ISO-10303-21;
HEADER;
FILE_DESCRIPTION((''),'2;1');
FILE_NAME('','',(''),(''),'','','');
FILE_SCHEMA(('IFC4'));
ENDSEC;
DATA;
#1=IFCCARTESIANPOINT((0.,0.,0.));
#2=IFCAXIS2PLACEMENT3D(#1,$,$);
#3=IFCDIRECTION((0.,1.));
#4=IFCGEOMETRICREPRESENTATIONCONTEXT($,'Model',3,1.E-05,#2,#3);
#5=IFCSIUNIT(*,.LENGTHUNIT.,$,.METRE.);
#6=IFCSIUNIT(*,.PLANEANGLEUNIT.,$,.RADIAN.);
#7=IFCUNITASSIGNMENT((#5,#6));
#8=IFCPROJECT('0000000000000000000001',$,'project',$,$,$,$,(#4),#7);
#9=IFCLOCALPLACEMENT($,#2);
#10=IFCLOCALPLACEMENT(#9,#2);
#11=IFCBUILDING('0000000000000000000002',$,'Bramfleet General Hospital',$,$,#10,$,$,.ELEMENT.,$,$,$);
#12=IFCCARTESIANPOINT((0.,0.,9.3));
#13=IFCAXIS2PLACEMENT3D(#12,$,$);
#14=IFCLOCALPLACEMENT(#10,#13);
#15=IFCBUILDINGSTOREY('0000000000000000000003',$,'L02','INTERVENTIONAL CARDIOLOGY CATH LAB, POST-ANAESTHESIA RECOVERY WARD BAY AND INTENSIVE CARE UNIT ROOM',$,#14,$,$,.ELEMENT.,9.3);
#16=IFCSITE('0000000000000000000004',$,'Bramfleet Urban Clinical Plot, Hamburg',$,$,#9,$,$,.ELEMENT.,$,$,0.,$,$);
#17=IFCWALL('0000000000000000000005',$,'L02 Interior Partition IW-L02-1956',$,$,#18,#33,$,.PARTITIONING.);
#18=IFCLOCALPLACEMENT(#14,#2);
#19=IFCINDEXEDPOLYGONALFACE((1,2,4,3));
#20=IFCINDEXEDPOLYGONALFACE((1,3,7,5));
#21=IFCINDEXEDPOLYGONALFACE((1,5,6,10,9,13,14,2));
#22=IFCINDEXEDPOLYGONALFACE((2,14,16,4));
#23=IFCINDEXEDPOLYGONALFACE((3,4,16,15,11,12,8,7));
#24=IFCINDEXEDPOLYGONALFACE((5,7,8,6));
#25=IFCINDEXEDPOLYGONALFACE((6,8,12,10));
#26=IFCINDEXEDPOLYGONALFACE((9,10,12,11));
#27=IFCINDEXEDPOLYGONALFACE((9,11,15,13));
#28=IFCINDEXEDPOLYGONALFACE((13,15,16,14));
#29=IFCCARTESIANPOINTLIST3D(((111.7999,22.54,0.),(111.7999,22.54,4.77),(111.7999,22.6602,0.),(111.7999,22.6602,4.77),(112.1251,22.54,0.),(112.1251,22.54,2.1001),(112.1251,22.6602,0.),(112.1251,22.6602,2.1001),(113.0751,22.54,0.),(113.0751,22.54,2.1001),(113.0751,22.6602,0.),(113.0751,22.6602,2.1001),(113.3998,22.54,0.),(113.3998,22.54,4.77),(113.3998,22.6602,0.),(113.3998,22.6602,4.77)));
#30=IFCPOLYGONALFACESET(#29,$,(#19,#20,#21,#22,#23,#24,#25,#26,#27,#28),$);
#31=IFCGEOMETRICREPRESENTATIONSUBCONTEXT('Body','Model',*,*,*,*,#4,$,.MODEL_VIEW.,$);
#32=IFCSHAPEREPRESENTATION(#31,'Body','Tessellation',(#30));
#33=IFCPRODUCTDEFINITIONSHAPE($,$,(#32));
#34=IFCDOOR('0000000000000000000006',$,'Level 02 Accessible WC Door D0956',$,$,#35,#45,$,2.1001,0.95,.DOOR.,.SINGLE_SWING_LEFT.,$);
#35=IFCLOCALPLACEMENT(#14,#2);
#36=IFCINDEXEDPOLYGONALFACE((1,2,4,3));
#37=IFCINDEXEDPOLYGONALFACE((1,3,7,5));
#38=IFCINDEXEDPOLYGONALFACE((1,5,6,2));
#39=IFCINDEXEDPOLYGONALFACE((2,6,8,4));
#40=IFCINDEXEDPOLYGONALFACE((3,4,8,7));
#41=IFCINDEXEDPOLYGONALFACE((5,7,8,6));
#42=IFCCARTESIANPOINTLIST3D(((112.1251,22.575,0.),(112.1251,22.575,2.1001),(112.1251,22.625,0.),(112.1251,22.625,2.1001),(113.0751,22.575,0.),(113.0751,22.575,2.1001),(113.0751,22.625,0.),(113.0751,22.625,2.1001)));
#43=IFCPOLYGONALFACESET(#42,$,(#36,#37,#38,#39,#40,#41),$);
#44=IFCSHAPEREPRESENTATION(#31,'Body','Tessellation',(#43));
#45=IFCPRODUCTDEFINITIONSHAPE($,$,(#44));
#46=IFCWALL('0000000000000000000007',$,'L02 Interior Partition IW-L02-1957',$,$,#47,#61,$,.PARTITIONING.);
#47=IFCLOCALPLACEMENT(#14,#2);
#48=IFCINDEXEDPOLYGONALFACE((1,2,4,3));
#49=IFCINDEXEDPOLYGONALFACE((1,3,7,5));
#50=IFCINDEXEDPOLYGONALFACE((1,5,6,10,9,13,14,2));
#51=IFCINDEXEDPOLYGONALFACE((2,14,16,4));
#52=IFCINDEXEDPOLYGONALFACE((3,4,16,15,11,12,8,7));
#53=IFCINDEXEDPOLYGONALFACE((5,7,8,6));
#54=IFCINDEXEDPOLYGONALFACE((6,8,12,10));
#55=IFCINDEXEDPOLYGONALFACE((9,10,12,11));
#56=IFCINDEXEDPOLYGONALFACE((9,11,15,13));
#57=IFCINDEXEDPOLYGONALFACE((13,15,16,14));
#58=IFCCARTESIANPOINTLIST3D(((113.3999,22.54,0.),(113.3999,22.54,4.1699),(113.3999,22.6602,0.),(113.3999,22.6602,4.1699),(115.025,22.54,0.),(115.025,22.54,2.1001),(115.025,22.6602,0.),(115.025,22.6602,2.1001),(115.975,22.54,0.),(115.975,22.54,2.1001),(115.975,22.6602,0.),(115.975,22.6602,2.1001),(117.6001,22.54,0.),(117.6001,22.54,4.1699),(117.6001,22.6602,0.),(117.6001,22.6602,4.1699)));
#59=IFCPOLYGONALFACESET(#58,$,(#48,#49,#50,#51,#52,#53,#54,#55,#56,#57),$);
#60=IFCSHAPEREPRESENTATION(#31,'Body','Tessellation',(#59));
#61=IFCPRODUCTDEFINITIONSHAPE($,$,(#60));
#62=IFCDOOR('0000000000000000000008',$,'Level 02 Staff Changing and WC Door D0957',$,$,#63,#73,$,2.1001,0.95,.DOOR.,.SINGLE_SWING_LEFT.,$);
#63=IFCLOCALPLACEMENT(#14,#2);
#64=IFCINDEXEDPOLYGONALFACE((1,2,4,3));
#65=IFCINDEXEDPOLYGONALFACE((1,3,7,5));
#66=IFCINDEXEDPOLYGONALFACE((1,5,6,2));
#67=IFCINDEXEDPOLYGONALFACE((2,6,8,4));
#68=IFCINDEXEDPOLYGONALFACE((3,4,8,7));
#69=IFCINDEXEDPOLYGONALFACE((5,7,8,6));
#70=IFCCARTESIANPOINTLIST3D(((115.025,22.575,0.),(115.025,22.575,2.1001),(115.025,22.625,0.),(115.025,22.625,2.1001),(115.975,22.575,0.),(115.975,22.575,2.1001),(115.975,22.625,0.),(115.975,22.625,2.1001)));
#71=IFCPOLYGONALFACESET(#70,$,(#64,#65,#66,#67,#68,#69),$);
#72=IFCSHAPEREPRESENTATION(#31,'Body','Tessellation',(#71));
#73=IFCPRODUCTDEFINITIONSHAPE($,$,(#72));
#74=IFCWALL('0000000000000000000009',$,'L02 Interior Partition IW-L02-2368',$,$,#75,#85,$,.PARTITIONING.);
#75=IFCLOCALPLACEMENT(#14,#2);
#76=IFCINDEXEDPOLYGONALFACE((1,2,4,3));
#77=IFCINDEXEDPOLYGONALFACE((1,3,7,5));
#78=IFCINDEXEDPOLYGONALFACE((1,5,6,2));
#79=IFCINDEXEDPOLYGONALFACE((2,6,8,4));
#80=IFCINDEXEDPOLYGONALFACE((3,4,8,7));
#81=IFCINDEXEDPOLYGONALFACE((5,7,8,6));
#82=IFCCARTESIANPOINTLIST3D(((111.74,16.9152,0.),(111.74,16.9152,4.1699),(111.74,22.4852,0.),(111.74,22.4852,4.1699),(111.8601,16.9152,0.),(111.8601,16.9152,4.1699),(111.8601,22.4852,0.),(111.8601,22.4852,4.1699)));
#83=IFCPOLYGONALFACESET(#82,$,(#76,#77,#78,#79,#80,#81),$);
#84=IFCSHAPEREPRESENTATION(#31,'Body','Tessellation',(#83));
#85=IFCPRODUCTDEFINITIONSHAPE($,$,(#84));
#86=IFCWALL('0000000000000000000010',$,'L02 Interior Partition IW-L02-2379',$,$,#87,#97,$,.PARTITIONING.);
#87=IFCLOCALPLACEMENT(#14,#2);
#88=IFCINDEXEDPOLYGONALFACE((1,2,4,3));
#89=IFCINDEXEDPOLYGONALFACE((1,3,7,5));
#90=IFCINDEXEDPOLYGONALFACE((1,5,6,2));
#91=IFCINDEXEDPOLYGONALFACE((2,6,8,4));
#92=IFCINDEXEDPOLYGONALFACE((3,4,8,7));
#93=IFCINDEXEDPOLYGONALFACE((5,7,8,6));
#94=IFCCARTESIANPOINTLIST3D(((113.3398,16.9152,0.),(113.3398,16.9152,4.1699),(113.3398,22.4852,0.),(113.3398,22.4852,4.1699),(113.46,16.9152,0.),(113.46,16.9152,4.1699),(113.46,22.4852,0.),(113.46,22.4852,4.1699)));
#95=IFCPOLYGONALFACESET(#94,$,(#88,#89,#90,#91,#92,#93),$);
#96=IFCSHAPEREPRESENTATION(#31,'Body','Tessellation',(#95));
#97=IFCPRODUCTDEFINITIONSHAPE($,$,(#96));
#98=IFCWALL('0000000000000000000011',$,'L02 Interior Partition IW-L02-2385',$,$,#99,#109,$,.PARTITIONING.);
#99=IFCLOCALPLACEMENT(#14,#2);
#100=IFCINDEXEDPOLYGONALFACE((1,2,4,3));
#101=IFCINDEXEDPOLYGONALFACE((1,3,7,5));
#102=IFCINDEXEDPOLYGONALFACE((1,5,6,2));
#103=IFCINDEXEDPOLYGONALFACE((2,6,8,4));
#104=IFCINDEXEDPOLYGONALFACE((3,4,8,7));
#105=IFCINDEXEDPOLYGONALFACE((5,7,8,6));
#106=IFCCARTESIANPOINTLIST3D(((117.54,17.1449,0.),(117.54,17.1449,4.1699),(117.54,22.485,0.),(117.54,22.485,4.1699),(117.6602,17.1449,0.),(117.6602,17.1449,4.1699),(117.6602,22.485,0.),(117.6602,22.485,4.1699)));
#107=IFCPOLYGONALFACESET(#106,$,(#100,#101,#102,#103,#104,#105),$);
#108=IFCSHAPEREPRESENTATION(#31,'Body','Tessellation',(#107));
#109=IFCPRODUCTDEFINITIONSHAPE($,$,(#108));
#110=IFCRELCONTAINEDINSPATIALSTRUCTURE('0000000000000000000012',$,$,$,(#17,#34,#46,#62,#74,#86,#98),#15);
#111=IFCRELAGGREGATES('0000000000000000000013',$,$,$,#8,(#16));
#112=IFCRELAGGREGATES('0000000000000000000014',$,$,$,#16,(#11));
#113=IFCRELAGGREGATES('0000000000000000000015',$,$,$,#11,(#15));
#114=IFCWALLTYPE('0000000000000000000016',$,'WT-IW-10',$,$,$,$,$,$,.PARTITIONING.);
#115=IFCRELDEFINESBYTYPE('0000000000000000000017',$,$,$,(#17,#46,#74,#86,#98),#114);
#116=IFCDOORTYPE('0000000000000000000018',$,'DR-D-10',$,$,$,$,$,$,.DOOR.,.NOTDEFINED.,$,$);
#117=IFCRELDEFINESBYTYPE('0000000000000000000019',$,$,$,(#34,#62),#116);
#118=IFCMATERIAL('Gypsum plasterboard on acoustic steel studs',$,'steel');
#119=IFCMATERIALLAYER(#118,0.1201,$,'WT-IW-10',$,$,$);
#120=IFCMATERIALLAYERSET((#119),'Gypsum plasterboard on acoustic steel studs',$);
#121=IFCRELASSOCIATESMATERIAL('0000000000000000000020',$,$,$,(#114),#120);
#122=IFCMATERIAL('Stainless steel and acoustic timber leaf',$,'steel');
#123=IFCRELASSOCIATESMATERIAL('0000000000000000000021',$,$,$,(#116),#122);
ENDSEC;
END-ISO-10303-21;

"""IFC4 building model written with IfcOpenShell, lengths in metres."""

from ifc_helpers import new_model, si_unit, direction, frame, frame_2d, origin, place, context, subcontext, project, spatial, rectangle, extrude, material, layer, layer_set, type_object, element, fill, save


model = new_model("IFC4")

# Units and contexts
model_context = context("Model", 3, precision=1e-05, world=origin(), true_north=direction((0.0, 1.0)))
body_context = subcontext(model_context, "Body", "Model", "MODEL_VIEW")
ifc_project = project(units=[si_unit("LENGTHUNIT", "METRE"), si_unit("PLANEANGLEUNIT", "RADIAN")], contexts=[model_context])

# Site, building, storey
site_placement = place(None, origin())
site = spatial("IfcSite", under=ifc_project, at=site_placement, Name="Bramfleet Urban Clinical Plot, Hamburg", CompositionType="ELEMENT", RefElevation=0.0)
building_placement = place(site_placement, origin())
building = spatial("IfcBuilding", under=site, at=building_placement, Name="Bramfleet General Hospital", CompositionType="ELEMENT")
storey_placement = place(building_placement, frame((0.0, 0.0, 9.3)))
storey = spatial("IfcBuildingStorey", under=building, at=storey_placement, Name="L02", Description="INTERVENTIONAL CARDIOLOGY CATH LAB, POST-ANAESTHESIA RECOVERY WARD BAY AND INTENSIVE CARE UNIT ROOM", CompositionType="ELEMENT", Elevation=9.3)

# Walls, openings, doors
ifc_material_1 = material(Name="Gypsum plasterboard on acoustic steel studs", Category="steel")
ifc_layer_1 = layer(ifc_material_1, 0.1201, Name="WT-IW-10")
ifc_layer_set_1 = layer_set([ifc_layer_1], Name="Gypsum plasterboard on acoustic steel studs")
wall_type_1 = type_object("IfcWallType", Name="WT-IW-10", PredefinedType="PARTITIONING", material=ifc_layer_set_1)
wall_1_placement = place(storey_placement, frame((111.8, 22.6001, 0.0), z_axis=(0.0, 0.0, 1.0), x_axis=(1.0, 0.0, 0.0)))
wall_1 = element("IfcWall", 1, at=wall_1_placement, inside=storey, type_object=wall_type_1, Name="L02 Interior Partition IW-L02-1956", PredefinedType="PARTITIONING", context=body_context, shape_type="SweptSolid", body=[
    extrude(rectangle(XDim=1.5999, YDim=0.1201, at=frame_2d((0.7998, 0.0))), origin(), (0.0, 0.0, 1.0), 4.77),
])
opening_1_placement = place(wall_1_placement, frame((0.325, 0.0, 0.0)))
opening_1 = element("IfcOpeningElement", 2, at=opening_1_placement, cuts=wall_1, PredefinedType="OPENING", context=body_context, shape_type="SweptSolid", body=[
    extrude(rectangle(XDim=0.95, YDim=2.1001, at=frame_2d((0.4751, 1.05))), frame((0.0, 0.0701, 0.0), z_axis=(0.0, -1.0, 0.0), x_axis=(1.0, 0.0, 0.0)), (0.0, 0.0, 1.0), 0.1401),
])
ifc_material_2 = material(Name="Stainless steel and acoustic timber leaf", Category="steel")
door_type = type_object("IfcDoorType", Name="DR-D-10", OperationType="NOTDEFINED", PredefinedType="DOOR", material=ifc_material_2)
door_1_placement = place(opening_1_placement, origin())
door_1 = element("IfcDoor", 3, at=door_1_placement, inside=storey, type_object=door_type, Name="Level 02 Accessible WC Door D0956", OperationType="SINGLE_SWING_LEFT", OverallHeight=2.1001, OverallWidth=0.95, PredefinedType="DOOR", context=body_context, shape_type="SweptSolid", body=[
    extrude(rectangle(XDim=0.95, YDim=2.1001, at=frame_2d((0.4751, 1.05))), frame((0.0, 0.0249, 0.0), z_axis=(0.0, -1.0, 0.0), x_axis=(1.0, 0.0, 0.0)), (0.0, 0.0, 1.0), 0.05),
])
fill(opening_1, door_1)
wall_2_placement = place(storey_placement, frame((113.3999, 22.6001, 0.0), z_axis=(0.0, 0.0, 1.0), x_axis=(1.0, 0.0, 0.0)))
wall_2 = element("IfcWall", 4, at=wall_2_placement, inside=storey, type_object=wall_type_1, Name="L02 Interior Partition IW-L02-1957", PredefinedType="PARTITIONING", context=body_context, shape_type="SweptSolid", body=[
    extrude(rectangle(XDim=4.2002, YDim=0.1201, at=frame_2d((2.1001, 0.0))), origin(), (0.0, 0.0, 1.0), 4.1699),
])
opening_2_placement = place(wall_2_placement, frame((1.625, 0.0, 0.0)))
opening_2 = element("IfcOpeningElement", 5, at=opening_2_placement, cuts=wall_2, PredefinedType="OPENING", context=body_context, shape_type="SweptSolid", body=[
    extrude(rectangle(XDim=0.95, YDim=2.1001, at=frame_2d((0.4751, 1.05))), frame((0.0, 0.0701, 0.0), z_axis=(0.0, -1.0, 0.0), x_axis=(1.0, 0.0, 0.0)), (0.0, 0.0, 1.0), 0.1401),
])
door_2_placement = place(opening_2_placement, origin())
door_2 = element("IfcDoor", 6, at=door_2_placement, inside=storey, type_object=door_type, Name="Level 02 Staff Changing and WC Door D0957", OperationType="SINGLE_SWING_LEFT", OverallHeight=2.1001, OverallWidth=0.95, PredefinedType="DOOR", context=body_context, shape_type="SweptSolid", body=[
    extrude(rectangle(XDim=0.95, YDim=2.1001, at=frame_2d((0.4751, 1.05))), frame((0.0, 0.0249, 0.0), z_axis=(0.0, -1.0, 0.0), x_axis=(1.0, 0.0, 0.0)), (0.0, 0.0, 1.0), 0.05),
])
fill(opening_2, door_2)

# Walls
for number, where, z_axis, x_axis, name in (
    (7, (111.8, 16.915, 0.0), (0.0, 0.0, 1.0), (0.0, 1.0, 0.0), "L02 Interior Partition IW-L02-2368"),
    (8, (113.3999, 16.915, 0.0), (0.0, 0.0, 1.0), (0.0, 1.0, 0.0), "L02 Interior Partition IW-L02-2379"),
):
    element("IfcWall", number, at=place(storey_placement, frame(where, z_axis=z_axis, x_axis=x_axis)), inside=storey, type_object=wall_type_1, Name=name, PredefinedType="PARTITIONING", context=body_context, shape_type="SweptSolid", body=[
        extrude(rectangle(XDim=5.5701, YDim=0.1201, at=frame_2d((2.7852, 0.0))), origin(), (0.0, 0.0, 1.0), 4.1699),
    ])
wall_3_placement = place(storey_placement, frame((117.6001, 17.145, 0.0), z_axis=(0.0, 0.0, 1.0), x_axis=(0.0, 1.0, 0.0)))
element("IfcWall", 9, at=wall_3_placement, inside=storey, type_object=wall_type_1, Name="L02 Interior Partition IW-L02-2385", PredefinedType="PARTITIONING", context=body_context, shape_type="SweptSolid", body=[
    extrude(rectangle(XDim=5.3401, YDim=0.1201, at=frame_2d((2.6699, 0.0))), origin(), (0.0, 0.0, 1.0), 4.1699),
])

save(model, "model.ifc")
